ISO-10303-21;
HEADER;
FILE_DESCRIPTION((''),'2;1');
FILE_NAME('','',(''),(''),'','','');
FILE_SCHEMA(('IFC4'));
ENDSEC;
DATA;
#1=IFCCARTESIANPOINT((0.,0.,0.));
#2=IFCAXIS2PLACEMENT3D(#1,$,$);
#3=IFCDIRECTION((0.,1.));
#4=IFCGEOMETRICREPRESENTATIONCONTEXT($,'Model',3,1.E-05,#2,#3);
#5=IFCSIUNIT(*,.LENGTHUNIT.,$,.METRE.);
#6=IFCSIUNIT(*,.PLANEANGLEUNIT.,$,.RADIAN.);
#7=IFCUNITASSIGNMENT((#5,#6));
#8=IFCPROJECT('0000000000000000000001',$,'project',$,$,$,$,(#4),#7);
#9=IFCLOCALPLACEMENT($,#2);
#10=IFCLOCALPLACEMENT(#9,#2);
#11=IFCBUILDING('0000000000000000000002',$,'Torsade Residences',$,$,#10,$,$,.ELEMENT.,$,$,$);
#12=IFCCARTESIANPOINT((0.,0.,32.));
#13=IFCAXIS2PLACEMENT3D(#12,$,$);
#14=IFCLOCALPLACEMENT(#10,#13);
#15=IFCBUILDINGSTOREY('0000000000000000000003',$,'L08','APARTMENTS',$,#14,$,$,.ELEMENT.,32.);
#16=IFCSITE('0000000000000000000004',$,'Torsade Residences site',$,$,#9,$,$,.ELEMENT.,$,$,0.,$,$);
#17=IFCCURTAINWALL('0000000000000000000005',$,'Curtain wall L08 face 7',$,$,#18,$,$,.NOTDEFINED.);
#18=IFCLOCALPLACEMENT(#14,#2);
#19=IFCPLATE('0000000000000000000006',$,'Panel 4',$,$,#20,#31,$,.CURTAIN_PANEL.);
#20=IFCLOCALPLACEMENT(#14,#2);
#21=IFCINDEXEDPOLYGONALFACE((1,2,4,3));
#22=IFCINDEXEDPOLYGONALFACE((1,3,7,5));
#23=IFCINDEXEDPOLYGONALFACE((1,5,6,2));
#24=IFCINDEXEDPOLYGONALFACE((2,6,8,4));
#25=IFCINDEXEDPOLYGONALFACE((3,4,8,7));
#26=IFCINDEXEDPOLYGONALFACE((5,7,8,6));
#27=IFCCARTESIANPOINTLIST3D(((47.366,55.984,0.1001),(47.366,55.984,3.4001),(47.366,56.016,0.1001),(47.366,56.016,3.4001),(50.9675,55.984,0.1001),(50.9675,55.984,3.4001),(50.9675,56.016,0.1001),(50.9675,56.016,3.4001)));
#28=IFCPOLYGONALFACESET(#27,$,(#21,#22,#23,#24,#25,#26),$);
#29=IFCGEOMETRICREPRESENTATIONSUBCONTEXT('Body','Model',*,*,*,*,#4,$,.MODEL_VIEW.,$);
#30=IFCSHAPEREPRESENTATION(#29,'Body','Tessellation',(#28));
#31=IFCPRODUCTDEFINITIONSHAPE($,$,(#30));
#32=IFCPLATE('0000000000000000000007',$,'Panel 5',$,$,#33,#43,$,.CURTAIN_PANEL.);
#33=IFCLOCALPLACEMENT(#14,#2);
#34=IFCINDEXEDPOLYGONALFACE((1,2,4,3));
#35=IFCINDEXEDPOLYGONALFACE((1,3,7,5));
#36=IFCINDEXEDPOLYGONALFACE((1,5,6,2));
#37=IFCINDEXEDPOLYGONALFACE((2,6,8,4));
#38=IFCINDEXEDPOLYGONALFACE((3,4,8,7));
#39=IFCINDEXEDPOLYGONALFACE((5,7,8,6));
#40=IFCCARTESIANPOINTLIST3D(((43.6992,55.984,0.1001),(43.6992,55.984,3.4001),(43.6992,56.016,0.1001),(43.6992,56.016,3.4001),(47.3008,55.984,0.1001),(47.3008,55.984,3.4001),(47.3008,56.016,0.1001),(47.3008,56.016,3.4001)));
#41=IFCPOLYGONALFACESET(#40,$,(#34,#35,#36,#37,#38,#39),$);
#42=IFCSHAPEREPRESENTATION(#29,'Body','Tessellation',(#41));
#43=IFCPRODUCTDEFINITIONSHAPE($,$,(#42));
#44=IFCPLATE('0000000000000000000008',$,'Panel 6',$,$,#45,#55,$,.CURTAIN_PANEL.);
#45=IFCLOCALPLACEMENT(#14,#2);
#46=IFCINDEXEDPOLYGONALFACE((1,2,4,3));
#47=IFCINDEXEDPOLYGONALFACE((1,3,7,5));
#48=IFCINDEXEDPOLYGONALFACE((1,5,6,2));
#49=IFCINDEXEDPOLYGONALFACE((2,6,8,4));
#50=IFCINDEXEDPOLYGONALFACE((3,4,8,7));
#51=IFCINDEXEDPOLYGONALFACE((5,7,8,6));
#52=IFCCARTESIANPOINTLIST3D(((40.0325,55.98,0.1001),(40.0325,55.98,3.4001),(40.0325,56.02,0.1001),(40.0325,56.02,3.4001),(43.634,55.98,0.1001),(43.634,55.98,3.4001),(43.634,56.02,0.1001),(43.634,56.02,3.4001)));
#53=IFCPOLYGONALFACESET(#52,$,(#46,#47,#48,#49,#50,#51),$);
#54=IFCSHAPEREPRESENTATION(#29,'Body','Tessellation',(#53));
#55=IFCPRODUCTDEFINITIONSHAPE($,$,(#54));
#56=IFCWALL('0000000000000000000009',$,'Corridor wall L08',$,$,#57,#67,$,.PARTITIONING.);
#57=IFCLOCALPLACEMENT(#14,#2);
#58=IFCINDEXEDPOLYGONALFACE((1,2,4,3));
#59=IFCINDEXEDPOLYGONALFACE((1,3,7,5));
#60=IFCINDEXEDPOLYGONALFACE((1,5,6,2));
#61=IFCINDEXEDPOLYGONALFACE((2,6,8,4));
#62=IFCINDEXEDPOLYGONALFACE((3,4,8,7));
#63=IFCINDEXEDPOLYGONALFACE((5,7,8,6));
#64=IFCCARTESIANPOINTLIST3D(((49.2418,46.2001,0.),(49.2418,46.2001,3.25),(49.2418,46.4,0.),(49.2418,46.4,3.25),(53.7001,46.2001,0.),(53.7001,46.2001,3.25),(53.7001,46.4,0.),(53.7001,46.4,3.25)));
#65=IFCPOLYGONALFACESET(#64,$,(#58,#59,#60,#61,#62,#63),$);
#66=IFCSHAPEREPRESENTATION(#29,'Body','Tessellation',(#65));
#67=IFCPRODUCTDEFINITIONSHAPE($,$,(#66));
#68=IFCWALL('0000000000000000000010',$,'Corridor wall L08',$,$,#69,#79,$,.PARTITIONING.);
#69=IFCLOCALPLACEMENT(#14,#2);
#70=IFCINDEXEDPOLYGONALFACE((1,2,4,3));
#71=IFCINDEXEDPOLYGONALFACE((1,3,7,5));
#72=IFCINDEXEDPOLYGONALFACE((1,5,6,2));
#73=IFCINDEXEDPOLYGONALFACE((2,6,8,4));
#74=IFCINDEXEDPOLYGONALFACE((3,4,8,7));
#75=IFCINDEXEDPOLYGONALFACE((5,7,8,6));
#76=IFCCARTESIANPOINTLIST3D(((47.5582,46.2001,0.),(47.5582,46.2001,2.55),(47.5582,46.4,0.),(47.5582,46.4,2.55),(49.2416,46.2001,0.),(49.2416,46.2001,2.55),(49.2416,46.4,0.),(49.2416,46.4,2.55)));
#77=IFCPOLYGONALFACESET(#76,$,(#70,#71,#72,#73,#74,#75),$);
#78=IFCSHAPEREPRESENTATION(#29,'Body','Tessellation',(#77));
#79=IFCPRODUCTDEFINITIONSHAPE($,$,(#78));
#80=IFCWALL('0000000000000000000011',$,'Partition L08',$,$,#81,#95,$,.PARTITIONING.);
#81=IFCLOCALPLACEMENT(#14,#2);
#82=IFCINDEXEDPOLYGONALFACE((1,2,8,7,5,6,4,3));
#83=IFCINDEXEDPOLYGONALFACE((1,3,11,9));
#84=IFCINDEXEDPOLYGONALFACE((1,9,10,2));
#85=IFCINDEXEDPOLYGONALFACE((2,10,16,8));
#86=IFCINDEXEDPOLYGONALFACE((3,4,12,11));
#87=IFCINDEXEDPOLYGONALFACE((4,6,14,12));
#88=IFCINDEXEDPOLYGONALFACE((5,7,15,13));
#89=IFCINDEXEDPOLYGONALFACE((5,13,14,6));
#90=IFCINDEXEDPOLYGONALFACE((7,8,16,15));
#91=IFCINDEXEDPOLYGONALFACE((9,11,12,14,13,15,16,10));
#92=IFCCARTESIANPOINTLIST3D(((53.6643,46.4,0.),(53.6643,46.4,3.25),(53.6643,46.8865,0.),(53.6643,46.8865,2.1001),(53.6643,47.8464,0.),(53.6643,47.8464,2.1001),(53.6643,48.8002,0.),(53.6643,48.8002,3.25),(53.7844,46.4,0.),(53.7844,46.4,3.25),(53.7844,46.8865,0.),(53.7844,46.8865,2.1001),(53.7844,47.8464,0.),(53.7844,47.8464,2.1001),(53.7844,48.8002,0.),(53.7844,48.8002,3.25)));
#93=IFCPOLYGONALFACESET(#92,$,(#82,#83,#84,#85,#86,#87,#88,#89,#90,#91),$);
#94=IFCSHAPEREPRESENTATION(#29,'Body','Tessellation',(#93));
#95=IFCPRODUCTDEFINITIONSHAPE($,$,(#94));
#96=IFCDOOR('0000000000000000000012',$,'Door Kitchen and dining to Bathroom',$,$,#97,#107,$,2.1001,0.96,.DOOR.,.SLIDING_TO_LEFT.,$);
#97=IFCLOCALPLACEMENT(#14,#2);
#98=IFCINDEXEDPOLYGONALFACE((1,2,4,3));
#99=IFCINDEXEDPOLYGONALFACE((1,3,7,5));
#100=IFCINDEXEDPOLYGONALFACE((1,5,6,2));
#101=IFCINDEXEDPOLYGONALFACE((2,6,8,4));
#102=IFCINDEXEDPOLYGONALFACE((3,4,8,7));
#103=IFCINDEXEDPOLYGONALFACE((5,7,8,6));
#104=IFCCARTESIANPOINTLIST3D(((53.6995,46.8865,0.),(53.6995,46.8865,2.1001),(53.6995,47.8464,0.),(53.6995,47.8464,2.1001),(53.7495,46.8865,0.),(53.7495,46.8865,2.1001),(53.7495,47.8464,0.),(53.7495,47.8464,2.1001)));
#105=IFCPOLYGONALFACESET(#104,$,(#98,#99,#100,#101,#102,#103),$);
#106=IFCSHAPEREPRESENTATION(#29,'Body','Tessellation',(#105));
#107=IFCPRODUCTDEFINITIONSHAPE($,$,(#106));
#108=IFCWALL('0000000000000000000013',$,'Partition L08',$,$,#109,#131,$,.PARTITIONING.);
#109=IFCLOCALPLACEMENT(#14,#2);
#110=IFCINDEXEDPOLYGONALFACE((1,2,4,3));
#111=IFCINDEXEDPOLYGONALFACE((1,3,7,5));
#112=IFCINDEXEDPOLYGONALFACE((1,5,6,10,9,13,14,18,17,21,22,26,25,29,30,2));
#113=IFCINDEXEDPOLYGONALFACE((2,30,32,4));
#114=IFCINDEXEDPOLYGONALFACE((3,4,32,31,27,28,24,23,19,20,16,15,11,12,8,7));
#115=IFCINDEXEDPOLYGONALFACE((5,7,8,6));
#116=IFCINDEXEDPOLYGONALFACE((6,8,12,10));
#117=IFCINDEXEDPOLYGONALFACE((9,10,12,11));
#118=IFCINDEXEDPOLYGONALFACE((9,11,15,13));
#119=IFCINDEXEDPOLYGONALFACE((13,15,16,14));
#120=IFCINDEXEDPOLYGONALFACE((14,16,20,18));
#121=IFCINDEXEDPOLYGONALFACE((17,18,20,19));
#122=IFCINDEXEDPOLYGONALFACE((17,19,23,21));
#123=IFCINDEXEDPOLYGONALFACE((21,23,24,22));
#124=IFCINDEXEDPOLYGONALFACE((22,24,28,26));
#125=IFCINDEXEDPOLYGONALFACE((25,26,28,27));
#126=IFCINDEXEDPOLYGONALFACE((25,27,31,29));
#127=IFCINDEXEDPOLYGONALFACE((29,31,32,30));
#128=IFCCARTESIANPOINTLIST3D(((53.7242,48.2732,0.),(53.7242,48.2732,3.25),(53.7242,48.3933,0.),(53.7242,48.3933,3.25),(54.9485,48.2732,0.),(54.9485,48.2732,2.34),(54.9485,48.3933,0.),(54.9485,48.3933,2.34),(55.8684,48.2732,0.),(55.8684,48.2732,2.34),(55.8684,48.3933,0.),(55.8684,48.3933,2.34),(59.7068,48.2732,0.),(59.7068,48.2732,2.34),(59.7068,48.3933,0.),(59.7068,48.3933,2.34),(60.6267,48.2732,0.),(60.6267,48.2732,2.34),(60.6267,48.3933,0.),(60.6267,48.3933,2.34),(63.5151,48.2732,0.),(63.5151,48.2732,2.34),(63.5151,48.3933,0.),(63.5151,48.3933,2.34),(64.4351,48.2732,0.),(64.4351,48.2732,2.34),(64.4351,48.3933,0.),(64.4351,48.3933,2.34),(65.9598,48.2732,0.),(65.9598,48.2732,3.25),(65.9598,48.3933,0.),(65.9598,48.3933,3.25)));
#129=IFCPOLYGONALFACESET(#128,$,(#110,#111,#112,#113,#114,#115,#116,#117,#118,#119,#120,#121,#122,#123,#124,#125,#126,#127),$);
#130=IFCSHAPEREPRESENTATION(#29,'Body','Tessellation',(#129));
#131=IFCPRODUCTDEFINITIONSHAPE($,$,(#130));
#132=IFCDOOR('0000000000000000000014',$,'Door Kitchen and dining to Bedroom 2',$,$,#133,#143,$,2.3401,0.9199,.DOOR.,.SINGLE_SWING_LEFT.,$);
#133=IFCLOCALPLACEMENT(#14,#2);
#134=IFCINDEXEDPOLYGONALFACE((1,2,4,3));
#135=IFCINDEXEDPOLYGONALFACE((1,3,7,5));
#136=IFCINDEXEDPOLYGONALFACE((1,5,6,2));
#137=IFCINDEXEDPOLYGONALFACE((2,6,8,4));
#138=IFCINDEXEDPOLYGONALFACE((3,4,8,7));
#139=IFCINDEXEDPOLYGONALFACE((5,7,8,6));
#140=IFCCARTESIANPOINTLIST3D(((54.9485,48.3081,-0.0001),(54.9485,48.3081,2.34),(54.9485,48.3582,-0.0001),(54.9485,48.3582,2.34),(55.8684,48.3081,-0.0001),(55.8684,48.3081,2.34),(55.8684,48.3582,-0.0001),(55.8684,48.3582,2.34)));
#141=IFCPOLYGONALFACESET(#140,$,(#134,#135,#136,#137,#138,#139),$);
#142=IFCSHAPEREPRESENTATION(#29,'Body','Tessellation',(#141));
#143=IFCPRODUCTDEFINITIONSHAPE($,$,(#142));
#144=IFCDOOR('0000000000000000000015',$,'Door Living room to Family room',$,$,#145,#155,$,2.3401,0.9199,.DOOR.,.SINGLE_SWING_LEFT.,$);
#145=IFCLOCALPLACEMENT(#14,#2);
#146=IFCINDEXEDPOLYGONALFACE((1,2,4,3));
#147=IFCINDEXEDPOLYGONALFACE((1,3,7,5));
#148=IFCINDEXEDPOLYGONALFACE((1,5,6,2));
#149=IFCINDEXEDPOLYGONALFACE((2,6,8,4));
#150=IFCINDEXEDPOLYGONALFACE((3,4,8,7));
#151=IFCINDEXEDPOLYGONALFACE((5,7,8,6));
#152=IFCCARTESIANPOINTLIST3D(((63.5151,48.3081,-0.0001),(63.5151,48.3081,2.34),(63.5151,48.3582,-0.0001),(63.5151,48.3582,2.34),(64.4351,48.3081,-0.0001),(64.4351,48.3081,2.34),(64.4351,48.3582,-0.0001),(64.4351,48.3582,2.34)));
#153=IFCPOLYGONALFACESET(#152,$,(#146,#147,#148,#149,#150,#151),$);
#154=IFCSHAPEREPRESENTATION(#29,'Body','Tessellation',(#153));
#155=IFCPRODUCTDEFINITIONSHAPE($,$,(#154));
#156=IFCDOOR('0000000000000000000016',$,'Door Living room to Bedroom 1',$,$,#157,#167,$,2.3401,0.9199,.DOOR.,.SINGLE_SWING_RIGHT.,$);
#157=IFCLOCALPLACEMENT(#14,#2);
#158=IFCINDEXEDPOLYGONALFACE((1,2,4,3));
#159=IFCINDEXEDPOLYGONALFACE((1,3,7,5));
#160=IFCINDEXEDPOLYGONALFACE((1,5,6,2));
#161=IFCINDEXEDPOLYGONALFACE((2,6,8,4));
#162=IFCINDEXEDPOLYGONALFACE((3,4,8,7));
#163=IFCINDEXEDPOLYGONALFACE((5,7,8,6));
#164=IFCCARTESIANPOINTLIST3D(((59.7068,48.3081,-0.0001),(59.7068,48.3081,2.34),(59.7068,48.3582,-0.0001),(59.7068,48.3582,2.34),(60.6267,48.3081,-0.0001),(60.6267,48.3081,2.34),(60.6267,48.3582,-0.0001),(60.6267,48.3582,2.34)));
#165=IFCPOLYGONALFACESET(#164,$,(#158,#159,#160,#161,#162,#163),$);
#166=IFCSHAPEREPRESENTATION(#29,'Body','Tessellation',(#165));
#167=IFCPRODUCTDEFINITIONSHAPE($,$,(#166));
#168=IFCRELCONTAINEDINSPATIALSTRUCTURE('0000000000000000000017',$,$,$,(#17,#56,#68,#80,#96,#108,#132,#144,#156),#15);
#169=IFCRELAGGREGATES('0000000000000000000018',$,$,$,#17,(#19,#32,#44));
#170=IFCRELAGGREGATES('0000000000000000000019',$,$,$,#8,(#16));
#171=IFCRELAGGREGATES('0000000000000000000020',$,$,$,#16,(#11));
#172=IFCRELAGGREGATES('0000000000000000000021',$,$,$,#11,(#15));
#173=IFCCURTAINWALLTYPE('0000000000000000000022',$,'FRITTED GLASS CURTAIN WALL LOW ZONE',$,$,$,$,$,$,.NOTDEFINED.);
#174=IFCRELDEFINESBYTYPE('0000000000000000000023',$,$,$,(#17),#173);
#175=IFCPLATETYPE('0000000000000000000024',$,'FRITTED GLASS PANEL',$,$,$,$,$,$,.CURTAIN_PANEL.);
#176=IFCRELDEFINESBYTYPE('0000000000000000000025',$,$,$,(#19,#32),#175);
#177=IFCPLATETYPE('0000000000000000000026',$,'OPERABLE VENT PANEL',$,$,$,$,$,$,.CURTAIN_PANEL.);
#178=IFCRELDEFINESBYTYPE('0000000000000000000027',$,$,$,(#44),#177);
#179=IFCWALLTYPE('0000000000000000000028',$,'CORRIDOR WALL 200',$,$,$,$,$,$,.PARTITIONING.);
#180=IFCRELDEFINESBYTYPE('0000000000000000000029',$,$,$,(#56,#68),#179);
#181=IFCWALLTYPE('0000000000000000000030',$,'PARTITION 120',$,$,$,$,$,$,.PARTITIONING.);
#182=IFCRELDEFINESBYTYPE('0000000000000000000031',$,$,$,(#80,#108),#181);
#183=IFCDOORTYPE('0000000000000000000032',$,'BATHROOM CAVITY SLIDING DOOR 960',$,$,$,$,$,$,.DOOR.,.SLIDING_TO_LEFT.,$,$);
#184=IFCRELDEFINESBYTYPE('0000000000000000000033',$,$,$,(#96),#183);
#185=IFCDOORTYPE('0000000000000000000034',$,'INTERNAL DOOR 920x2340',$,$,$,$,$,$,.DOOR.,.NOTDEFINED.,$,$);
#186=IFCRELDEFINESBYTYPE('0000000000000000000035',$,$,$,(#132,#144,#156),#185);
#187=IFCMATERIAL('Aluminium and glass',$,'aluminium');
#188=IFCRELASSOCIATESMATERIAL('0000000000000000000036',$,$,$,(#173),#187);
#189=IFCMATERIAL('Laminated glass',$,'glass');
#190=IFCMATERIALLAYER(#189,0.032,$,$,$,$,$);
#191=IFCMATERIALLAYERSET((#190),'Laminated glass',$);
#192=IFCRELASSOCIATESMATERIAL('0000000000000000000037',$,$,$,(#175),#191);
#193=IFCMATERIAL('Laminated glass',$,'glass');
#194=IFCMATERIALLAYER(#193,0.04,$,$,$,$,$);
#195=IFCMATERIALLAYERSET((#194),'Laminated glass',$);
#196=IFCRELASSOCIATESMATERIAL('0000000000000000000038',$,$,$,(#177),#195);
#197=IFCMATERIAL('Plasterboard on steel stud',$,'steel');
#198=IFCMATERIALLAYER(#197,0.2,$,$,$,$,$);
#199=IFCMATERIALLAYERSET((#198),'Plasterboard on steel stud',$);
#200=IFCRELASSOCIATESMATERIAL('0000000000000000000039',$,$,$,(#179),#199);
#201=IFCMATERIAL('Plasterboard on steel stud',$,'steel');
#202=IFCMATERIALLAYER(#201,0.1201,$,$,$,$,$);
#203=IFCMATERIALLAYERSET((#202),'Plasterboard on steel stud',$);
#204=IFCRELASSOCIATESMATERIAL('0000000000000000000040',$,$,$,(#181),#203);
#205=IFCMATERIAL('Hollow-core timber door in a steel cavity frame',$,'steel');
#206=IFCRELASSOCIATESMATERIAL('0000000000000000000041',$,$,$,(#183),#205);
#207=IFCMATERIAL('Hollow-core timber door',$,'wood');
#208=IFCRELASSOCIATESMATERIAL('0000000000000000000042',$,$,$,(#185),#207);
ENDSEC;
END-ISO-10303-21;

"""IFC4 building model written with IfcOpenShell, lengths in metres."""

from ifc_helpers import new_model, si_unit, direction, frame, frame_2d, origin, origin_2d, place, context, subcontext, project, spatial, rectangle, extrude, material, layer, layer_set, type_object, element, fill, aggregate, save


model = new_model("IFC4")

# Units and contexts
model_context = context("Model", 3, precision=1e-05, world=origin(), true_north=direction((0.0, 1.0)))
body_context = subcontext(model_context, "Body", "Model", "MODEL_VIEW")
ifc_project = project(units=[si_unit("LENGTHUNIT", "METRE"), si_unit("PLANEANGLEUNIT", "RADIAN")], contexts=[model_context])

# Site, building, storey
site_placement = place(None, origin())
site = spatial("IfcSite", under=ifc_project, at=site_placement, Name="Torsade Residences site", CompositionType="ELEMENT", RefElevation=0.0)
building_placement = place(site_placement, origin())
building = spatial("IfcBuilding", under=site, at=building_placement, Name="Torsade Residences", CompositionType="ELEMENT")
storey_placement = place(building_placement, frame((0.0, 0.0, 32.0)))
storey = spatial("IfcBuildingStorey", under=building, at=storey_placement, Name="L08", Description="APARTMENTS", CompositionType="ELEMENT", Elevation=32.0)

# Curtain wall
ifc_material_1 = material(Name="Aluminium and glass", Category="aluminium")
curtain_wall_type = type_object("IfcCurtainWallType", Name="FRITTED GLASS CURTAIN WALL LOW ZONE", PredefinedType="NOTDEFINED", material=ifc_material_1)
curtain_wall_placement = place(storey_placement, origin())
curtain_wall = element("IfcCurtainWall", 1, at=curtain_wall_placement, inside=storey, type_object=curtain_wall_type, Name="Curtain wall L08 face 7", PredefinedType="NOTDEFINED")

# Plates
ifc_material_2 = material(Name="Laminated glass", Category="glass")
ifc_layer_1 = layer(ifc_material_2, 0.032)
ifc_layer_set_1 = layer_set([ifc_layer_1], Name="Laminated glass")
plate_type_1 = type_object("IfcPlateType", Name="FRITTED GLASS PANEL", PredefinedType="CURTAIN_PANEL", material=ifc_layer_set_1)
plate_1_placement = place(storey_placement, frame((49.1667, 56.0, 0.1001), z_axis=(0.0, 0.0, 1.0), x_axis=(-1.0, 0.0, 0.0)))
plate_1 = element("IfcPlate", 2, at=plate_1_placement, type_object=plate_type_1, Name="Panel 4", PredefinedType="CURTAIN_PANEL", context=body_context, shape_type="SweptSolid", body=[
    extrude(rectangle(XDim=3.6016, YDim=0.032, at=origin_2d()), origin(), (0.0, 0.0, 1.0), 3.3),
])
plate_2_placement = place(storey_placement, frame((45.5, 56.0, 0.1001), z_axis=(0.0, 0.0, 1.0), x_axis=(-1.0, 0.0, 0.0)))
plate_2 = element("IfcPlate", 3, at=plate_2_placement, type_object=plate_type_1, Name="Panel 5", PredefinedType="CURTAIN_PANEL", context=body_context, shape_type="SweptSolid", body=[
    extrude(rectangle(XDim=3.6016, YDim=0.032, at=origin_2d()), origin(), (0.0, 0.0, 1.0), 3.3),
])
ifc_material_3 = material(Name="Laminated glass", Category="glass")
ifc_layer_2 = layer(ifc_material_3, 0.04)
ifc_layer_set_2 = layer_set([ifc_layer_2], Name="Laminated glass")
plate_type_2 = type_object("IfcPlateType", Name="OPERABLE VENT PANEL", PredefinedType="CURTAIN_PANEL", material=ifc_layer_set_2)
plate_3_placement = place(storey_placement, frame((41.8333, 56.0, 0.1001), z_axis=(0.0, 0.0, 1.0), x_axis=(-1.0, 0.0, 0.0)))
plate_3 = element("IfcPlate", 4, at=plate_3_placement, type_object=plate_type_2, Name="Panel 6", PredefinedType="CURTAIN_PANEL", context=body_context, shape_type="SweptSolid", body=[
    extrude(rectangle(XDim=3.6016, YDim=0.04, at=origin_2d()), origin(), (0.0, 0.0, 1.0), 3.3),
])
aggregate(curtain_wall, [plate_1, plate_2, plate_3])

# Walls
ifc_material_4 = material(Name="Plasterboard on steel stud", Category="steel")
ifc_layer_3 = layer(ifc_material_4, 0.2)
ifc_layer_set_3 = layer_set([ifc_layer_3], Name="Plasterboard on steel stud")
wall_type_1 = type_object("IfcWallType", Name="CORRIDOR WALL 200", PredefinedType="PARTITIONING", material=ifc_layer_set_3)
wall_1_placement = place(storey_placement, frame((53.7, 46.3, 0.0), z_axis=(0.0, 0.0, 1.0), x_axis=(-1.0, 0.0, 0.0)))
element("IfcWall", 5, at=wall_1_placement, inside=storey, type_object=wall_type_1, Name="Corridor wall L08", PredefinedType="PARTITIONING", context=body_context, shape_type="SweptSolid", body=[
    extrude(rectangle(XDim=4.4583, YDim=0.2, at=frame_2d((2.229, 0.0))), origin(), (0.0, 0.0, 1.0), 3.25),
])
wall_2_placement = place(storey_placement, frame((49.2417, 46.3, 0.0), z_axis=(0.0, 0.0, 1.0), x_axis=(-1.0, 0.0, 0.0)))
element("IfcWall", 6, at=wall_2_placement, inside=storey, type_object=wall_type_1, Name="Corridor wall L08", PredefinedType="PARTITIONING", context=body_context, shape_type="SweptSolid", body=[
    extrude(rectangle(XDim=1.6833, YDim=0.2, at=frame_2d((0.8418, 0.0))), origin(), (0.0, 0.0, 1.0), 2.55),
])

# Wall, opening, door
ifc_material_5 = material(Name="Plasterboard on steel stud", Category="steel")
ifc_layer_4 = layer(ifc_material_5, 0.1201)
ifc_layer_set_4 = layer_set([ifc_layer_4], Name="Plasterboard on steel stud")
wall_type_2 = type_object("IfcWallType", Name="PARTITION 120", PredefinedType="PARTITIONING", material=ifc_layer_set_4)
wall_3_placement = place(storey_placement, frame((53.7244, 46.3999, 0.0), z_axis=(0.0, 0.0, 1.0), x_axis=(0.0, 1.0, 0.0)))
wall_3 = element("IfcWall", 7, at=wall_3_placement, inside=storey, type_object=wall_type_2, Name="Partition L08", PredefinedType="PARTITIONING", context=body_context, shape_type="SweptSolid", body=[
    extrude(rectangle(XDim=2.4001, YDim=0.1201, at=frame_2d((1.2002, 0.0))), origin(), (0.0, 0.0, 1.0), 3.25),
])
opening_1_placement = place(wall_3_placement, frame((0.4866, 0.0, 0.0)))
opening_1 = element("IfcOpeningElement", 8, at=opening_1_placement, cuts=wall_3, PredefinedType="OPENING", context=body_context, shape_type="SweptSolid", body=[
    extrude(rectangle(XDim=0.96, YDim=2.1001, at=frame_2d((0.48, 1.05))), frame((0.0, 0.0701, 0.0), z_axis=(0.0, -1.0, 0.0), x_axis=(1.0, 0.0, 0.0)), (0.0, 0.0, 1.0), 0.1401),
])
ifc_material_6 = material(Name="Hollow-core timber door in a steel cavity frame", Category="steel")
door_type_1 = type_object("IfcDoorType", Name="BATHROOM CAVITY SLIDING DOOR 960", OperationType="SLIDING_TO_LEFT", PredefinedType="DOOR", material=ifc_material_6)
door_1_placement = place(opening_1_placement, origin())
door_1 = element("IfcDoor", 9, at=door_1_placement, inside=storey, type_object=door_type_1, Name="Door Kitchen and dining to Bathroom", OperationType="SLIDING_TO_LEFT", OverallHeight=2.1001, OverallWidth=0.96, PredefinedType="DOOR", context=body_context, shape_type="SweptSolid", body=[
    extrude(rectangle(XDim=0.96, YDim=2.1001, at=frame_2d((0.48, 1.05))), frame((0.0, 0.0249, 0.0), z_axis=(0.0, -1.0, 0.0), x_axis=(1.0, 0.0, 0.0)), (0.0, 0.0, 1.0), 0.05),
])
fill(opening_1, door_1)

# Wall, openings, doors
wall_4_placement = place(storey_placement, frame((53.7244, 48.3333, 0.0), z_axis=(0.0, 0.0, 1.0), x_axis=(1.0, 0.0, 0.0)))
wall_4 = element("IfcWall", 10, at=wall_4_placement, inside=storey, type_object=wall_type_2, Name="Partition L08", PredefinedType="PARTITIONING", context=body_context, shape_type="SweptSolid", body=[
    extrude(rectangle(XDim=12.2356, YDim=0.1201, at=frame_2d((6.1177, 0.0))), origin(), (0.0, 0.0, 1.0), 3.25),
])
opening_2_placement = place(wall_4_placement, frame((1.2241, 0.0, 0.0)))
opening_2 = element("IfcOpeningElement", 11, at=opening_2_placement, cuts=wall_4, PredefinedType="OPENING", context=body_context, shape_type="SweptSolid", body=[
    extrude(rectangle(XDim=0.9199, YDim=2.3401, at=frame_2d((0.46, 1.1699))), frame((0.0, 0.0701, 0.0), z_axis=(0.0, -1.0, 0.0), x_axis=(1.0, 0.0, 0.0)), (0.0, 0.0, 1.0), 0.1401),
])
opening_3_placement = place(wall_4_placement, frame((9.7908, 0.0, 0.0)))
opening_3 = element("IfcOpeningElement", 12, at=opening_3_placement, cuts=wall_4, PredefinedType="OPENING", context=body_context, shape_type="SweptSolid", body=[
    extrude(rectangle(XDim=0.9199, YDim=2.3401, at=frame_2d((0.46, 1.1699))), frame((0.0, 0.0701, 0.0), z_axis=(0.0, -1.0, 0.0), x_axis=(1.0, 0.0, 0.0)), (0.0, 0.0, 1.0), 0.1401),
])
opening_4_placement = place(wall_4_placement, frame((5.9824, 0.0, 0.0)))
opening_4 = element("IfcOpeningElement", 13, at=opening_4_placement, cuts=wall_4, PredefinedType="OPENING", context=body_context, shape_type="SweptSolid", body=[
    extrude(rectangle(XDim=0.9199, YDim=2.3401, at=frame_2d((0.46, 1.1699))), frame((0.0, 0.0701, 0.0), z_axis=(0.0, -1.0, 0.0), x_axis=(1.0, 0.0, 0.0)), (0.0, 0.0, 1.0), 0.1401),
])
ifc_material_7 = material(Name="Hollow-core timber door", Category="wood")
door_type_2 = type_object("IfcDoorType", Name="INTERNAL DOOR 920x2340", OperationType="NOTDEFINED", PredefinedType="DOOR", material=ifc_material_7)
door_2_placement = place(opening_2_placement, origin())
door_2 = element("IfcDoor", 14, at=door_2_placement, inside=storey, type_object=door_type_2, Name="Door Kitchen and dining to Bedroom 2", OperationType="SINGLE_SWING_LEFT", OverallHeight=2.3401, OverallWidth=0.9199, PredefinedType="DOOR", context=body_context, shape_type="SweptSolid", body=[
    extrude(rectangle(XDim=0.9199, YDim=2.3401, at=frame_2d((0.46, 1.1699))), frame((0.0, 0.0249, 0.0), z_axis=(0.0, -1.0, 0.0), x_axis=(1.0, 0.0, 0.0)), (0.0, 0.0, 1.0), 0.05),
])
fill(opening_2, door_2)
door_3_placement = place(opening_3_placement, origin())
door_3 = element("IfcDoor", 15, at=door_3_placement, inside=storey, type_object=door_type_2, Name="Door Living room to Family room", OperationType="SINGLE_SWING_LEFT", OverallHeight=2.3401, OverallWidth=0.9199, PredefinedType="DOOR", context=body_context, shape_type="SweptSolid", body=[
    extrude(rectangle(XDim=0.9199, YDim=2.3401, at=frame_2d((0.46, 1.1699))), frame((0.0, 0.0249, 0.0), z_axis=(0.0, -1.0, 0.0), x_axis=(1.0, 0.0, 0.0)), (0.0, 0.0, 1.0), 0.05),
])
fill(opening_3, door_3)
door_4_placement = place(opening_4_placement, origin())
door_4 = element("IfcDoor", 16, at=door_4_placement, inside=storey, type_object=door_type_2, Name="Door Living room to Bedroom 1", OperationType="SINGLE_SWING_RIGHT", OverallHeight=2.3401, OverallWidth=0.9199, PredefinedType="DOOR", context=body_context, shape_type="SweptSolid", body=[
    extrude(rectangle(XDim=0.9199, YDim=2.3401, at=frame_2d((0.46, 1.1699))), frame((0.0, 0.0249, 0.0), z_axis=(0.0, -1.0, 0.0), x_axis=(1.0, 0.0, 0.0)), (0.0, 0.0, 1.0), 0.05),
])
fill(opening_4, door_4)

save(model, "model.ifc")
